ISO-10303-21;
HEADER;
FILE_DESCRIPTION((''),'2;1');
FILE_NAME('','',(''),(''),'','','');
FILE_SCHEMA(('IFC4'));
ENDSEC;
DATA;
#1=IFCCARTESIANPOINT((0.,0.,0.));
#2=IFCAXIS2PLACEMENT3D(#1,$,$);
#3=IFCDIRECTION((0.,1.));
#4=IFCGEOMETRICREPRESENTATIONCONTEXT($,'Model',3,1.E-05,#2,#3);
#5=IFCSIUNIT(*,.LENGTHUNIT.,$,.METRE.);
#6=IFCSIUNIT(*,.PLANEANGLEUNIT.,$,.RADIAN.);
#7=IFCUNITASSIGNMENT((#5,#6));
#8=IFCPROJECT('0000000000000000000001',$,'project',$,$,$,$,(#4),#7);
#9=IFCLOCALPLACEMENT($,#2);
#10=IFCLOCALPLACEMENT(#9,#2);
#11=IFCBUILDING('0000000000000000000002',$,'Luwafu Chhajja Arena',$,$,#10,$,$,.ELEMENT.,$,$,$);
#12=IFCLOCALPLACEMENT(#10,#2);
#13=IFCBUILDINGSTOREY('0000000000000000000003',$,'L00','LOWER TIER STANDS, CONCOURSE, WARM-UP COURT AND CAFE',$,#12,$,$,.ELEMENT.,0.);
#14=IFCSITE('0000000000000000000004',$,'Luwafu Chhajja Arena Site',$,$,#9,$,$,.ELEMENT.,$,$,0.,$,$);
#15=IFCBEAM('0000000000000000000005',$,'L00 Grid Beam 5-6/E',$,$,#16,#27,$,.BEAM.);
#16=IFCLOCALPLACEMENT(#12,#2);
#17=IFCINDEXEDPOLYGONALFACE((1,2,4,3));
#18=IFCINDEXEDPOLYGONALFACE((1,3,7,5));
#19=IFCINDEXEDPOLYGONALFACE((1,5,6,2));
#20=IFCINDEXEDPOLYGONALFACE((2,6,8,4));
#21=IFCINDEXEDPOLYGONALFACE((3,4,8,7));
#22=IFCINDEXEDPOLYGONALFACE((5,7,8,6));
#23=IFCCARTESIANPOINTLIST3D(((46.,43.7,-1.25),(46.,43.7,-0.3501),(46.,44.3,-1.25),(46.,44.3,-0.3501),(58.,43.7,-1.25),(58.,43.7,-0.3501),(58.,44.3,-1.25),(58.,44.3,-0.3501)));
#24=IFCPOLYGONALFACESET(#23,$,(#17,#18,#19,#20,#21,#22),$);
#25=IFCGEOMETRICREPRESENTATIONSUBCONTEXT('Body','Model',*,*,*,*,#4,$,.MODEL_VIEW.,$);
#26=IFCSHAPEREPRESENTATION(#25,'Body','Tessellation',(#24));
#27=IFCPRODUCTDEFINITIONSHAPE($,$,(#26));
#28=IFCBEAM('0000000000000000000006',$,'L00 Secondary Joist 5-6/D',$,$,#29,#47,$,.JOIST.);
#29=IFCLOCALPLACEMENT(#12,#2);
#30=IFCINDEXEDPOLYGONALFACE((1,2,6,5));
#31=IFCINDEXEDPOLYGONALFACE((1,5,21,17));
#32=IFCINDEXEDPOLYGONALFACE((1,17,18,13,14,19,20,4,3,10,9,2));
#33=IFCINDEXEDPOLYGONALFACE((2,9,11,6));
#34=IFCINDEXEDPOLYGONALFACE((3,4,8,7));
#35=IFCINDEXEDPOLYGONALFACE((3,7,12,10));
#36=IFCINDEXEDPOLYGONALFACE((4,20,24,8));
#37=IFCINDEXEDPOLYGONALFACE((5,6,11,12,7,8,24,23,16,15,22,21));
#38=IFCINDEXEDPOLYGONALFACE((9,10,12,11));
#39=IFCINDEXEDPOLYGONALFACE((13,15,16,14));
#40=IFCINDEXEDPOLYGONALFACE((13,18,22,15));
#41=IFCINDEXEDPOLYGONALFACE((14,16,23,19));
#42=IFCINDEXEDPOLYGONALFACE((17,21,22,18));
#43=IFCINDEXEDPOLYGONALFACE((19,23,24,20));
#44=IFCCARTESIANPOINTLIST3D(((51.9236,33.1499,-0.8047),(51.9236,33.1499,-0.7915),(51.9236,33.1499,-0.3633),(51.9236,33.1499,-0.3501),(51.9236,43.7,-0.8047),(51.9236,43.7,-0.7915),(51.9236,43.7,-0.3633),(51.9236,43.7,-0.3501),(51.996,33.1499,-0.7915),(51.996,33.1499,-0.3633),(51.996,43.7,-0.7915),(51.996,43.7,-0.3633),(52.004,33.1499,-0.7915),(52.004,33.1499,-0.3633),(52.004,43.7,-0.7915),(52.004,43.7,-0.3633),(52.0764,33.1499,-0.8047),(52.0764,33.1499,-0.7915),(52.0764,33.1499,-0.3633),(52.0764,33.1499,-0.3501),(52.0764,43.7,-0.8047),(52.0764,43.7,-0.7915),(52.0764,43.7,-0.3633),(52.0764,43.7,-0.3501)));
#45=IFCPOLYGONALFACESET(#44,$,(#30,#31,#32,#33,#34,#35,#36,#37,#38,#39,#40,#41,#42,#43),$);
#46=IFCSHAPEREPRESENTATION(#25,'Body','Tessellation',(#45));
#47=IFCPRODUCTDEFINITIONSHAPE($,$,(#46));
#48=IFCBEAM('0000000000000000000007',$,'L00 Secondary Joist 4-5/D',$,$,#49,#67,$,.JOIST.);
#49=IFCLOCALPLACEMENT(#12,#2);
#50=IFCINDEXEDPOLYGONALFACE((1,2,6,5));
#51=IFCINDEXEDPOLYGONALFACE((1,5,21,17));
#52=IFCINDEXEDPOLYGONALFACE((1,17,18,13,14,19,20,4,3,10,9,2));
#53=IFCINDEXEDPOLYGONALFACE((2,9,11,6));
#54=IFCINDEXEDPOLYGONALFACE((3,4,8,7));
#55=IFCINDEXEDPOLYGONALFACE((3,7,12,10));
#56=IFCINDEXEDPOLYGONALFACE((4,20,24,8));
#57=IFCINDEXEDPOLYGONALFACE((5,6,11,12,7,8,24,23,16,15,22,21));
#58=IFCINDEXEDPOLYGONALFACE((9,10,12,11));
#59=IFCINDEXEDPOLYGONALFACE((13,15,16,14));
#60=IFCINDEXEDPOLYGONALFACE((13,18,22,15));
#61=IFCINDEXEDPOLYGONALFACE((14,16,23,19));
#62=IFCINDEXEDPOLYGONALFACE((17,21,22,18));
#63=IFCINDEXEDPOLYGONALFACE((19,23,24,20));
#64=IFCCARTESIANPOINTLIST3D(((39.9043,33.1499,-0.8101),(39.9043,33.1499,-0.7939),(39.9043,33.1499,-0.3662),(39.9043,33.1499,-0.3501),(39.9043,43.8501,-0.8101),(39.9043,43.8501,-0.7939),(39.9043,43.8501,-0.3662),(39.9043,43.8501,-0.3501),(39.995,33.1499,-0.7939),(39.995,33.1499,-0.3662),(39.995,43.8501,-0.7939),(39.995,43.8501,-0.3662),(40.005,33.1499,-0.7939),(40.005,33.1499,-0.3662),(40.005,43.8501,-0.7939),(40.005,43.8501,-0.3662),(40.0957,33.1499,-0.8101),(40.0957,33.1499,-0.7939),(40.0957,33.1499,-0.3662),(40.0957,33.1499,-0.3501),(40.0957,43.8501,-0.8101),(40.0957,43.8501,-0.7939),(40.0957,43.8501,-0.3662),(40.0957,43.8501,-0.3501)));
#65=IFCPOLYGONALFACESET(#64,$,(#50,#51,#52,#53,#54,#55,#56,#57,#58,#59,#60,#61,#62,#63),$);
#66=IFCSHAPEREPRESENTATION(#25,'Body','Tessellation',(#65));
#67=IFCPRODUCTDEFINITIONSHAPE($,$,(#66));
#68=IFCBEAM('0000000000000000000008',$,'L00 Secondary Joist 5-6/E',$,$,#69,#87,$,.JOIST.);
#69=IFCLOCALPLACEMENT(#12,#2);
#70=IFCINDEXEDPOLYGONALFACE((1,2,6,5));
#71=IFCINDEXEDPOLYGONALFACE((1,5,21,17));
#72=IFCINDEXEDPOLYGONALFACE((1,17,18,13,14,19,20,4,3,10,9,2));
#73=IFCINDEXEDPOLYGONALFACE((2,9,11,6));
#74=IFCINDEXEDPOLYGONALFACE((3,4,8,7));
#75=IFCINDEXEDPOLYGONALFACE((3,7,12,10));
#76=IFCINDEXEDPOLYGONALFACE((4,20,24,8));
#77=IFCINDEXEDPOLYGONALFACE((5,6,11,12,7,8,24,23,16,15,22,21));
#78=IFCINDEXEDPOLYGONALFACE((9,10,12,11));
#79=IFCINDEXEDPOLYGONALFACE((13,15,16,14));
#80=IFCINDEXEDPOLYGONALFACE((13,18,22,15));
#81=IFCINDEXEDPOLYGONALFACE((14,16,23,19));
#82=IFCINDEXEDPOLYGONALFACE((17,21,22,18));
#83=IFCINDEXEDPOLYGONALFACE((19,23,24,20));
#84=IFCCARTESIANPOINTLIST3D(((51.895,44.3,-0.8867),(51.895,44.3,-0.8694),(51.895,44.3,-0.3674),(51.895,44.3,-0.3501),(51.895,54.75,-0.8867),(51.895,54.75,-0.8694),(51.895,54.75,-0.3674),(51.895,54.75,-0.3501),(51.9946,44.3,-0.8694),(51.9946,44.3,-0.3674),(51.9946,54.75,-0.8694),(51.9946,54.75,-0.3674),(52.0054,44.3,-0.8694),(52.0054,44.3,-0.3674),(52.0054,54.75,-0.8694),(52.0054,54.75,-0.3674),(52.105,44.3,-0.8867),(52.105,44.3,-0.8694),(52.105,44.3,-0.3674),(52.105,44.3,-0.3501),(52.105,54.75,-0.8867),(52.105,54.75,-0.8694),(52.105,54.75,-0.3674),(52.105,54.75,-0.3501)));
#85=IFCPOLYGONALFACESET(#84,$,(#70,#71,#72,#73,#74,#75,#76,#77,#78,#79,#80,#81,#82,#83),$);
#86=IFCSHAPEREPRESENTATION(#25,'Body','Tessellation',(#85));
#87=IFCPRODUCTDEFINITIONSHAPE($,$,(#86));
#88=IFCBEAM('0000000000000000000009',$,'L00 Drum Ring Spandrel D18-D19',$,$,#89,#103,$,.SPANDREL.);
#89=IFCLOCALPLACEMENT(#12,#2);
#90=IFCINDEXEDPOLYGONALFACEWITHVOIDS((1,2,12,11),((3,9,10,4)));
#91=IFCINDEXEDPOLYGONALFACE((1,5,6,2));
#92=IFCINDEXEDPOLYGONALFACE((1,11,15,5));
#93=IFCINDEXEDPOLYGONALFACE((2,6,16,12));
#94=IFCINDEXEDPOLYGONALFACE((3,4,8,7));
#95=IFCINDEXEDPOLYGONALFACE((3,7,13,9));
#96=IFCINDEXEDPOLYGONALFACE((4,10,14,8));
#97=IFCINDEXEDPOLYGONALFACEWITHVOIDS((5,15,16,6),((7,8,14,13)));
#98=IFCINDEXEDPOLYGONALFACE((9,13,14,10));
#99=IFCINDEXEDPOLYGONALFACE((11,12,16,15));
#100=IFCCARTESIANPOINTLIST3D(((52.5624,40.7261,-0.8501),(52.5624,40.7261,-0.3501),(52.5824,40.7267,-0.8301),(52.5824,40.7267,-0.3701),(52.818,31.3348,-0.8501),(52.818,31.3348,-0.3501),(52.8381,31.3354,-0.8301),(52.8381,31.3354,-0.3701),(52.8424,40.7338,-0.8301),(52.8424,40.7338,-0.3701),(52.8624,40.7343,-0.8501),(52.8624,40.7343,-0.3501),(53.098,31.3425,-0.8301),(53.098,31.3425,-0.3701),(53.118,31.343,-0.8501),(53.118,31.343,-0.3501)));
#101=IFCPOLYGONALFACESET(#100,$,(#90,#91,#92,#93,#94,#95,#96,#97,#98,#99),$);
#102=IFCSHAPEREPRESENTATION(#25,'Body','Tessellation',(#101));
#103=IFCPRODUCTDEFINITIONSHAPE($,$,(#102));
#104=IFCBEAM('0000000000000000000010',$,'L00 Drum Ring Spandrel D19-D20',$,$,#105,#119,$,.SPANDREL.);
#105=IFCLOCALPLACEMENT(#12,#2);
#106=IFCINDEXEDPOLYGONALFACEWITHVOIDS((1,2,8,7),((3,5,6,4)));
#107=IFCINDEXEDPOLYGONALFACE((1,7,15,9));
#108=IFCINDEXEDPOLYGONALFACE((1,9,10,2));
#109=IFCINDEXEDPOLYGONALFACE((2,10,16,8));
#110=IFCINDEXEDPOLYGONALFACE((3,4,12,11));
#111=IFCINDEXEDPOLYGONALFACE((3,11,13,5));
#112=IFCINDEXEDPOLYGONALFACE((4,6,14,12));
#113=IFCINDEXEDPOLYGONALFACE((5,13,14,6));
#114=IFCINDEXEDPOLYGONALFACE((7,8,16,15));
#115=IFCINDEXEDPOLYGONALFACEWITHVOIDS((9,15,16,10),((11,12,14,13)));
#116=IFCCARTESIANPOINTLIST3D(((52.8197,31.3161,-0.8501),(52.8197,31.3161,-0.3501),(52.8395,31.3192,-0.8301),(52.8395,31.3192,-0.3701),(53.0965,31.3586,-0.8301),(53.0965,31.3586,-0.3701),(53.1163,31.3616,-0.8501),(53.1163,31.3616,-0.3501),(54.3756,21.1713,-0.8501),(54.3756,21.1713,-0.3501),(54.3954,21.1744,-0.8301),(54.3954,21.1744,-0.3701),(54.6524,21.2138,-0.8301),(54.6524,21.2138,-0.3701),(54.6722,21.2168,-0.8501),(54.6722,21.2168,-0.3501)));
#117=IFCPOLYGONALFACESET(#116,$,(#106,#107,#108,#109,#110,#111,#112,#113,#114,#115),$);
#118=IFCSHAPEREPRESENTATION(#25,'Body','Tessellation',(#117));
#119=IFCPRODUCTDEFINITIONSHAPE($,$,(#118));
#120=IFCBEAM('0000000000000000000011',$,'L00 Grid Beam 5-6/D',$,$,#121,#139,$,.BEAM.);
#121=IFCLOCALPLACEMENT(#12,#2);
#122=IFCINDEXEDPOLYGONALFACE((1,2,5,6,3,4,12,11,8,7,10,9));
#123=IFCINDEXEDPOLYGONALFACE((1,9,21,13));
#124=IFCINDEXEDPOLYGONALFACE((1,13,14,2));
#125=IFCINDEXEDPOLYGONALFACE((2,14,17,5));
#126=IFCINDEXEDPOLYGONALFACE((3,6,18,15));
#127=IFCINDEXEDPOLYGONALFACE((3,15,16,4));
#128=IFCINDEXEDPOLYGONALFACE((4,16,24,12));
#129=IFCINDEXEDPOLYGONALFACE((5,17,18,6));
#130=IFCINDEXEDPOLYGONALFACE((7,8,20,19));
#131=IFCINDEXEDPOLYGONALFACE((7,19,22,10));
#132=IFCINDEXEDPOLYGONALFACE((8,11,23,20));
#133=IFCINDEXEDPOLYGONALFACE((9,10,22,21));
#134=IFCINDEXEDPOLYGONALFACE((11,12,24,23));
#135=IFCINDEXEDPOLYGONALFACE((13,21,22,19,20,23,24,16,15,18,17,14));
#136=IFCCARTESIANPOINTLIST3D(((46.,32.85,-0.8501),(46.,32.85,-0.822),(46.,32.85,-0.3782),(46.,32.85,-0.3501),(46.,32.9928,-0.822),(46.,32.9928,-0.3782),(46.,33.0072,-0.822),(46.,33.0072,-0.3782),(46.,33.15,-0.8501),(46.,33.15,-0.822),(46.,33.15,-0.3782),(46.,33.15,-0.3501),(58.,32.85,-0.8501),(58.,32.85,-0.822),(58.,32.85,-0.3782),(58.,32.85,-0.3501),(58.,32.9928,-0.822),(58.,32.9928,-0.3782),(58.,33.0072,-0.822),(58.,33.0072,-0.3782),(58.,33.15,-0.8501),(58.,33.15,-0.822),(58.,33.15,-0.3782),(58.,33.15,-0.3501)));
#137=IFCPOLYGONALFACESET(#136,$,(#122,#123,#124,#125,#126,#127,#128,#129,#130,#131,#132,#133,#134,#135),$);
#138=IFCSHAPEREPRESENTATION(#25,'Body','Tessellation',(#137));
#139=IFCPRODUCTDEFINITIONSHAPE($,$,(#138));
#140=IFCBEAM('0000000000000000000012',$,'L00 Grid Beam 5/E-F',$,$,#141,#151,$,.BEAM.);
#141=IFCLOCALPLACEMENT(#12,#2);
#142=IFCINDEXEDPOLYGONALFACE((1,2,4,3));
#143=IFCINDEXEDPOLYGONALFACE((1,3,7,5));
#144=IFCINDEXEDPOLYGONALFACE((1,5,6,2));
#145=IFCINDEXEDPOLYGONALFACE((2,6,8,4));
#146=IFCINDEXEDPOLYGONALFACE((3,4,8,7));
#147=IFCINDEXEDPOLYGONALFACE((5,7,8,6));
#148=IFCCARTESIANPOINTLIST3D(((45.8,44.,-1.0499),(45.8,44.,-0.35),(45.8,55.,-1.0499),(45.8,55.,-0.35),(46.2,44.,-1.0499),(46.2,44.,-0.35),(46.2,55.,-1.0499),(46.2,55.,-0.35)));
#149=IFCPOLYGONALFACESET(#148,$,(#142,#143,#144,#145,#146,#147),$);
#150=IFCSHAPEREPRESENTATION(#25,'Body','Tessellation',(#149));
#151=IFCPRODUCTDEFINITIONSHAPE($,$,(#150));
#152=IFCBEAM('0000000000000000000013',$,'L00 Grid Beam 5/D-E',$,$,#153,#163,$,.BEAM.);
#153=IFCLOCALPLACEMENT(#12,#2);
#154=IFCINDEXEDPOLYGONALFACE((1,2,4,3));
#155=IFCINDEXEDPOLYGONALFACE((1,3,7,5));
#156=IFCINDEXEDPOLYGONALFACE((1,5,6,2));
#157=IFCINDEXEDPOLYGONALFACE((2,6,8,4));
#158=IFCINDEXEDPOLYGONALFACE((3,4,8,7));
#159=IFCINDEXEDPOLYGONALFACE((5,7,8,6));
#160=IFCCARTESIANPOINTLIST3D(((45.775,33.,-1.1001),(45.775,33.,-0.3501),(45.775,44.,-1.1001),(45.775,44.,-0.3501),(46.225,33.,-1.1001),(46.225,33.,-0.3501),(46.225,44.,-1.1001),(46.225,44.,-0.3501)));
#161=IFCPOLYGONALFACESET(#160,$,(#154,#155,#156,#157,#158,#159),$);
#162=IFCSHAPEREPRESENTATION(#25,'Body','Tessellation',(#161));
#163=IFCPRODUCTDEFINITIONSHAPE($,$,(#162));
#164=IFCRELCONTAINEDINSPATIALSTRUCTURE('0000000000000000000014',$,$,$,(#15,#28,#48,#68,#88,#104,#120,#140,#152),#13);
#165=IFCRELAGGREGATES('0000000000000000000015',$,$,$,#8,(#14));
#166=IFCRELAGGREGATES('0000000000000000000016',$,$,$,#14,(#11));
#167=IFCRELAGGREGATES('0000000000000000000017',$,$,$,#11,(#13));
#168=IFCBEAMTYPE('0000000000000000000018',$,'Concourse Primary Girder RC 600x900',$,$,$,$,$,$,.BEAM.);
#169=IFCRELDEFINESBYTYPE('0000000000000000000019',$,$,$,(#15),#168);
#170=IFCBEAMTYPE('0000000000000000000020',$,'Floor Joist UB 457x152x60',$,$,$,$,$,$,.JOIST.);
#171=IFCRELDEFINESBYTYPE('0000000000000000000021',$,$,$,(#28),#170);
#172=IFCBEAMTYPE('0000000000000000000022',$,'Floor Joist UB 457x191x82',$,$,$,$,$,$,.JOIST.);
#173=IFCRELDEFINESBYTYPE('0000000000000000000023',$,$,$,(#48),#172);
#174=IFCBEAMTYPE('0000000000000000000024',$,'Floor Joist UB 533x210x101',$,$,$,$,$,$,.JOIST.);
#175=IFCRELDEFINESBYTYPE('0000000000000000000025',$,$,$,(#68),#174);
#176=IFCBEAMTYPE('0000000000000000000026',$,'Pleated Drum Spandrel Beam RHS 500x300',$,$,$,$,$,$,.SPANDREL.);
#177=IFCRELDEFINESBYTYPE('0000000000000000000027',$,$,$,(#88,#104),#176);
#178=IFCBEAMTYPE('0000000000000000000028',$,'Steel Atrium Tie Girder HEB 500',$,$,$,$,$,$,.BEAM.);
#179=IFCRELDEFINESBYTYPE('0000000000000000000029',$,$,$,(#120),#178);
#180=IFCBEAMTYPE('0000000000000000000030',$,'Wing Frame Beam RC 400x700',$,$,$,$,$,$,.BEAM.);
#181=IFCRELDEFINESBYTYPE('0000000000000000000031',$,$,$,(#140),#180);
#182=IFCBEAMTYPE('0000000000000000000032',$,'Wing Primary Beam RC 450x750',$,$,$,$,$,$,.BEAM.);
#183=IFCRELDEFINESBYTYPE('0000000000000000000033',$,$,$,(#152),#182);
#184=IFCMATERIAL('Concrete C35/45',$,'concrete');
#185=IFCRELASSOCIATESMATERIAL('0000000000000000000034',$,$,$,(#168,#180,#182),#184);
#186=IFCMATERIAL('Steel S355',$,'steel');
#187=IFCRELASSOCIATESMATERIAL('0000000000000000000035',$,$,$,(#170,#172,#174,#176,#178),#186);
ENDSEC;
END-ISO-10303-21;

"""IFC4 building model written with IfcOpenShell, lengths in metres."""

from ifc_helpers import new_model, si_unit, direction, frame, origin, origin_2d, place, context, subcontext, project, spatial, rectangle, hollow_rectangle, i_section, extrude, material, material_profile, profile_set, type_object, element, save


model = new_model("IFC4")

# Units and contexts
model_context = context("Model", 3, precision=1e-05, world=origin(), true_north=direction((0.0, 1.0)))
body_context = subcontext(model_context, "Body", "Model", "MODEL_VIEW")
ifc_project = project(units=[si_unit("LENGTHUNIT", "METRE"), si_unit("PLANEANGLEUNIT", "RADIAN")], contexts=[model_context])

# Site, building, storey
site_placement = place(None, origin())
site = spatial("IfcSite", under=ifc_project, at=site_placement, Name="Luwafu Chhajja Arena Site", CompositionType="ELEMENT", RefElevation=0.0)
building_placement = place(site_placement, origin())
building = spatial("IfcBuilding", under=site, at=building_placement, Name="Luwafu Chhajja Arena", CompositionType="ELEMENT")
storey_placement = place(building_placement, origin())
storey = spatial("IfcBuildingStorey", under=building, at=storey_placement, Name="L00", Description="LOWER TIER STANDS, CONCOURSE, WARM-UP COURT AND CAFE", CompositionType="ELEMENT", Elevation=0.0)

# Shared definitions
ifc_material_1 = material(Name="Concrete C35/45", Category="concrete")
ifc_material_2 = material(Name="Steel S355", Category="steel")

# Beams
ifc_material_profile_1 = material_profile(ifc_material_1, rectangle(XDim=0.6001, YDim=0.8999, at=origin_2d()), Name="RC 600x900")
ifc_profile_set_1 = profile_set([ifc_material_profile_1], Name="Concrete C35/45")
beam_type_1 = type_object("IfcBeamType", Name="Concourse Primary Girder RC 600x900", PredefinedType="BEAM", material=ifc_profile_set_1)
beam_1_placement = place(storey_placement, frame((46.0, 44.0, -0.8), z_axis=(1.0, 0.0, 0.0), x_axis=(0.0, 1.0, 0.0)))
element("IfcBeam", 1, at=beam_1_placement, inside=storey, type_object=beam_type_1, Name="L00 Grid Beam 5-6/E", PredefinedType="BEAM", context=body_context, shape_type="SweptSolid", body=[
    extrude(rectangle(XDim=0.6001, YDim=0.8999, at=origin_2d()), origin(), (0.0, 0.0, 1.0), 12.0),
])
ifc_material_profile_2 = material_profile(ifc_material_2, i_section(OverallWidth=0.1528, OverallDepth=0.4546, WebThickness=0.0081, FlangeThickness=0.0132, at=origin_2d()), Name="UB 457x152x60")
ifc_profile_set_2 = profile_set([ifc_material_profile_2], Name="Steel S355")
beam_type_2 = type_object("IfcBeamType", Name="Floor Joist UB 457x152x60", PredefinedType="JOIST", material=ifc_profile_set_2)
beam_2_placement = place(storey_placement, frame((52.0, 33.1499, -0.5774), z_axis=(0.0, 1.0, 0.0), x_axis=(-1.0, 0.0, 0.0)))
element("IfcBeam", 2, at=beam_2_placement, inside=storey, type_object=beam_type_2, Name="L00 Secondary Joist 5-6/D", PredefinedType="JOIST", context=body_context, shape_type="SweptSolid", body=[
    extrude(i_section(OverallWidth=0.1528, OverallDepth=0.4546, WebThickness=0.0081, FlangeThickness=0.0132, at=origin_2d()), origin(), (0.0, 0.0, 1.0), 10.55),
])
ifc_material_profile_3 = material_profile(ifc_material_2, i_section(OverallWidth=0.1914, OverallDepth=0.46, WebThickness=0.01, FlangeThickness=0.0161, at=origin_2d()), Name="UB 457x191x82")
ifc_profile_set_3 = profile_set([ifc_material_profile_3], Name="Steel S355")
beam_type_3 = type_object("IfcBeamType", Name="Floor Joist UB 457x191x82", PredefinedType="JOIST", material=ifc_profile_set_3)
beam_3_placement = place(storey_placement, frame((40.0, 33.1499, -0.5801), z_axis=(0.0, 1.0, 0.0), x_axis=(-1.0, 0.0, 0.0)))
element("IfcBeam", 3, at=beam_3_placement, inside=storey, type_object=beam_type_3, Name="L00 Secondary Joist 4-5/D", PredefinedType="JOIST", context=body_context, shape_type="SweptSolid", body=[
    extrude(i_section(OverallWidth=0.1914, OverallDepth=0.46, WebThickness=0.01, FlangeThickness=0.0161, at=origin_2d()), origin(), (0.0, 0.0, 1.0), 10.7002),
])
ifc_material_profile_4 = material_profile(ifc_material_2, i_section(OverallWidth=0.21, OverallDepth=0.5366, WebThickness=0.0107, FlangeThickness=0.0173, at=origin_2d()), Name="UB 533x210x101")
ifc_profile_set_4 = profile_set([ifc_material_profile_4], Name="Steel S355")
beam_type_4 = type_object("IfcBeamType", Name="Floor Joist UB 533x210x101", PredefinedType="JOIST", material=ifc_profile_set_4)
beam_4_placement = place(storey_placement, frame((52.0, 44.3, -0.6184), z_axis=(0.0, 1.0, 0.0), x_axis=(-1.0, 0.0, 0.0)))
element("IfcBeam", 4, at=beam_4_placement, inside=storey, type_object=beam_type_4, Name="L00 Secondary Joist 5-6/E", PredefinedType="JOIST", context=body_context, shape_type="SweptSolid", body=[
    extrude(i_section(OverallWidth=0.21, OverallDepth=0.5366, WebThickness=0.0107, FlangeThickness=0.0173, at=origin_2d()), origin(), (0.0, 0.0, 1.0), 10.45),
])
ifc_material_profile_5 = material_profile(ifc_material_2, hollow_rectangle(XDim=0.3, YDim=0.5, WallThickness=0.02, at=origin_2d()), Name="RHS 500x300x20")
ifc_profile_set_5 = profile_set([ifc_material_profile_5], Name="Steel S355")
beam_type_5 = type_object("IfcBeamType", Name="Pleated Drum Spandrel Beam RHS 500x300", PredefinedType="SPANDREL", material=ifc_profile_set_5)
beam_5_placement = place(storey_placement, frame((52.7124, 40.7302, -0.6001), z_axis=(0.027208, -0.99963, 0.0), x_axis=(0.99963, 0.027208, 0.0)))
element("IfcBeam", 5, at=beam_5_placement, inside=storey, type_object=beam_type_5, Name="L00 Drum Ring Spandrel D18-D19", PredefinedType="SPANDREL", context=body_context, shape_type="SweptSolid", body=[
    extrude(hollow_rectangle(XDim=0.3, YDim=0.5, WallThickness=0.02, at=origin_2d()), origin(), (0.0, 0.0, 1.0), 9.3948),
])
beam_6_placement = place(storey_placement, frame((52.968, 31.3389, -0.6001), z_axis=(0.151598, -0.988442, 0.0), x_axis=(0.988442, 0.151598, 0.0)))
element("IfcBeam", 6, at=beam_6_placement, inside=storey, type_object=beam_type_5, Name="L00 Drum Ring Spandrel D19-D20", PredefinedType="SPANDREL", context=body_context, shape_type="SweptSolid", body=[
    extrude(hollow_rectangle(XDim=0.3, YDim=0.5, WallThickness=0.02, at=origin_2d()), origin(), (0.0, 0.0, 1.0), 10.2634),
])
ifc_material_profile_6 = material_profile(ifc_material_2, i_section(OverallWidth=0.3, OverallDepth=0.5, WebThickness=0.0144, FlangeThickness=0.0281, at=origin_2d()), Name="HEB 500")
ifc_profile_set_6 = profile_set([ifc_material_profile_6], Name="Steel S355")
beam_type_6 = type_object("IfcBeamType", Name="Steel Atrium Tie Girder HEB 500", PredefinedType="BEAM", material=ifc_profile_set_6)
beam_7_placement = place(storey_placement, frame((46.0, 33.0, -0.6001), z_axis=(1.0, 0.0, 0.0), x_axis=(0.0, 1.0, 0.0)))
element("IfcBeam", 7, at=beam_7_placement, inside=storey, type_object=beam_type_6, Name="L00 Grid Beam 5-6/D", PredefinedType="BEAM", context=body_context, shape_type="SweptSolid", body=[
    extrude(i_section(OverallWidth=0.3, OverallDepth=0.5, WebThickness=0.0144, FlangeThickness=0.0281, at=origin_2d()), origin(), (0.0, 0.0, 1.0), 12.0),
])
ifc_material_profile_7 = material_profile(ifc_material_1, rectangle(XDim=0.3999, YDim=0.7, at=origin_2d()), Name="RC 400x700")
ifc_profile_set_7 = profile_set([ifc_material_profile_7], Name="Concrete C35/45")
beam_type_7 = type_object("IfcBeamType", Name="Wing Frame Beam RC 400x700", PredefinedType="BEAM", material=ifc_profile_set_7)
beam_8_placement = place(storey_placement, frame((46.0, 44.0, -0.7), z_axis=(0.0, 1.0, 0.0), x_axis=(-1.0, 0.0, 0.0)))
element("IfcBeam", 8, at=beam_8_placement, inside=storey, type_object=beam_type_7, Name="L00 Grid Beam 5/E-F", PredefinedType="BEAM", context=body_context, shape_type="SweptSolid", body=[
    extrude(rectangle(XDim=0.3999, YDim=0.7, at=origin_2d()), origin(), (0.0, 0.0, 1.0), 11.0),
])
ifc_material_profile_8 = material_profile(ifc_material_1, rectangle(XDim=0.45, YDim=0.75, at=origin_2d()), Name="RC 450x750")
ifc_profile_set_8 = profile_set([ifc_material_profile_8], Name="Concrete C35/45")
beam_type_8 = type_object("IfcBeamType", Name="Wing Primary Beam RC 450x750", PredefinedType="BEAM", material=ifc_profile_set_8)
beam_9_placement = place(storey_placement, frame((46.0, 33.0, -0.7251), z_axis=(0.0, 1.0, 0.0), x_axis=(-1.0, 0.0, 0.0)))
element("IfcBeam", 9, at=beam_9_placement, inside=storey, type_object=beam_type_8, Name="L00 Grid Beam 5/D-E", PredefinedType="BEAM", context=body_context, shape_type="SweptSolid", body=[
    extrude(rectangle(XDim=0.45, YDim=0.75, at=origin_2d()), origin(), (0.0, 0.0, 1.0), 11.0),
])

save(model, "model.ifc")
